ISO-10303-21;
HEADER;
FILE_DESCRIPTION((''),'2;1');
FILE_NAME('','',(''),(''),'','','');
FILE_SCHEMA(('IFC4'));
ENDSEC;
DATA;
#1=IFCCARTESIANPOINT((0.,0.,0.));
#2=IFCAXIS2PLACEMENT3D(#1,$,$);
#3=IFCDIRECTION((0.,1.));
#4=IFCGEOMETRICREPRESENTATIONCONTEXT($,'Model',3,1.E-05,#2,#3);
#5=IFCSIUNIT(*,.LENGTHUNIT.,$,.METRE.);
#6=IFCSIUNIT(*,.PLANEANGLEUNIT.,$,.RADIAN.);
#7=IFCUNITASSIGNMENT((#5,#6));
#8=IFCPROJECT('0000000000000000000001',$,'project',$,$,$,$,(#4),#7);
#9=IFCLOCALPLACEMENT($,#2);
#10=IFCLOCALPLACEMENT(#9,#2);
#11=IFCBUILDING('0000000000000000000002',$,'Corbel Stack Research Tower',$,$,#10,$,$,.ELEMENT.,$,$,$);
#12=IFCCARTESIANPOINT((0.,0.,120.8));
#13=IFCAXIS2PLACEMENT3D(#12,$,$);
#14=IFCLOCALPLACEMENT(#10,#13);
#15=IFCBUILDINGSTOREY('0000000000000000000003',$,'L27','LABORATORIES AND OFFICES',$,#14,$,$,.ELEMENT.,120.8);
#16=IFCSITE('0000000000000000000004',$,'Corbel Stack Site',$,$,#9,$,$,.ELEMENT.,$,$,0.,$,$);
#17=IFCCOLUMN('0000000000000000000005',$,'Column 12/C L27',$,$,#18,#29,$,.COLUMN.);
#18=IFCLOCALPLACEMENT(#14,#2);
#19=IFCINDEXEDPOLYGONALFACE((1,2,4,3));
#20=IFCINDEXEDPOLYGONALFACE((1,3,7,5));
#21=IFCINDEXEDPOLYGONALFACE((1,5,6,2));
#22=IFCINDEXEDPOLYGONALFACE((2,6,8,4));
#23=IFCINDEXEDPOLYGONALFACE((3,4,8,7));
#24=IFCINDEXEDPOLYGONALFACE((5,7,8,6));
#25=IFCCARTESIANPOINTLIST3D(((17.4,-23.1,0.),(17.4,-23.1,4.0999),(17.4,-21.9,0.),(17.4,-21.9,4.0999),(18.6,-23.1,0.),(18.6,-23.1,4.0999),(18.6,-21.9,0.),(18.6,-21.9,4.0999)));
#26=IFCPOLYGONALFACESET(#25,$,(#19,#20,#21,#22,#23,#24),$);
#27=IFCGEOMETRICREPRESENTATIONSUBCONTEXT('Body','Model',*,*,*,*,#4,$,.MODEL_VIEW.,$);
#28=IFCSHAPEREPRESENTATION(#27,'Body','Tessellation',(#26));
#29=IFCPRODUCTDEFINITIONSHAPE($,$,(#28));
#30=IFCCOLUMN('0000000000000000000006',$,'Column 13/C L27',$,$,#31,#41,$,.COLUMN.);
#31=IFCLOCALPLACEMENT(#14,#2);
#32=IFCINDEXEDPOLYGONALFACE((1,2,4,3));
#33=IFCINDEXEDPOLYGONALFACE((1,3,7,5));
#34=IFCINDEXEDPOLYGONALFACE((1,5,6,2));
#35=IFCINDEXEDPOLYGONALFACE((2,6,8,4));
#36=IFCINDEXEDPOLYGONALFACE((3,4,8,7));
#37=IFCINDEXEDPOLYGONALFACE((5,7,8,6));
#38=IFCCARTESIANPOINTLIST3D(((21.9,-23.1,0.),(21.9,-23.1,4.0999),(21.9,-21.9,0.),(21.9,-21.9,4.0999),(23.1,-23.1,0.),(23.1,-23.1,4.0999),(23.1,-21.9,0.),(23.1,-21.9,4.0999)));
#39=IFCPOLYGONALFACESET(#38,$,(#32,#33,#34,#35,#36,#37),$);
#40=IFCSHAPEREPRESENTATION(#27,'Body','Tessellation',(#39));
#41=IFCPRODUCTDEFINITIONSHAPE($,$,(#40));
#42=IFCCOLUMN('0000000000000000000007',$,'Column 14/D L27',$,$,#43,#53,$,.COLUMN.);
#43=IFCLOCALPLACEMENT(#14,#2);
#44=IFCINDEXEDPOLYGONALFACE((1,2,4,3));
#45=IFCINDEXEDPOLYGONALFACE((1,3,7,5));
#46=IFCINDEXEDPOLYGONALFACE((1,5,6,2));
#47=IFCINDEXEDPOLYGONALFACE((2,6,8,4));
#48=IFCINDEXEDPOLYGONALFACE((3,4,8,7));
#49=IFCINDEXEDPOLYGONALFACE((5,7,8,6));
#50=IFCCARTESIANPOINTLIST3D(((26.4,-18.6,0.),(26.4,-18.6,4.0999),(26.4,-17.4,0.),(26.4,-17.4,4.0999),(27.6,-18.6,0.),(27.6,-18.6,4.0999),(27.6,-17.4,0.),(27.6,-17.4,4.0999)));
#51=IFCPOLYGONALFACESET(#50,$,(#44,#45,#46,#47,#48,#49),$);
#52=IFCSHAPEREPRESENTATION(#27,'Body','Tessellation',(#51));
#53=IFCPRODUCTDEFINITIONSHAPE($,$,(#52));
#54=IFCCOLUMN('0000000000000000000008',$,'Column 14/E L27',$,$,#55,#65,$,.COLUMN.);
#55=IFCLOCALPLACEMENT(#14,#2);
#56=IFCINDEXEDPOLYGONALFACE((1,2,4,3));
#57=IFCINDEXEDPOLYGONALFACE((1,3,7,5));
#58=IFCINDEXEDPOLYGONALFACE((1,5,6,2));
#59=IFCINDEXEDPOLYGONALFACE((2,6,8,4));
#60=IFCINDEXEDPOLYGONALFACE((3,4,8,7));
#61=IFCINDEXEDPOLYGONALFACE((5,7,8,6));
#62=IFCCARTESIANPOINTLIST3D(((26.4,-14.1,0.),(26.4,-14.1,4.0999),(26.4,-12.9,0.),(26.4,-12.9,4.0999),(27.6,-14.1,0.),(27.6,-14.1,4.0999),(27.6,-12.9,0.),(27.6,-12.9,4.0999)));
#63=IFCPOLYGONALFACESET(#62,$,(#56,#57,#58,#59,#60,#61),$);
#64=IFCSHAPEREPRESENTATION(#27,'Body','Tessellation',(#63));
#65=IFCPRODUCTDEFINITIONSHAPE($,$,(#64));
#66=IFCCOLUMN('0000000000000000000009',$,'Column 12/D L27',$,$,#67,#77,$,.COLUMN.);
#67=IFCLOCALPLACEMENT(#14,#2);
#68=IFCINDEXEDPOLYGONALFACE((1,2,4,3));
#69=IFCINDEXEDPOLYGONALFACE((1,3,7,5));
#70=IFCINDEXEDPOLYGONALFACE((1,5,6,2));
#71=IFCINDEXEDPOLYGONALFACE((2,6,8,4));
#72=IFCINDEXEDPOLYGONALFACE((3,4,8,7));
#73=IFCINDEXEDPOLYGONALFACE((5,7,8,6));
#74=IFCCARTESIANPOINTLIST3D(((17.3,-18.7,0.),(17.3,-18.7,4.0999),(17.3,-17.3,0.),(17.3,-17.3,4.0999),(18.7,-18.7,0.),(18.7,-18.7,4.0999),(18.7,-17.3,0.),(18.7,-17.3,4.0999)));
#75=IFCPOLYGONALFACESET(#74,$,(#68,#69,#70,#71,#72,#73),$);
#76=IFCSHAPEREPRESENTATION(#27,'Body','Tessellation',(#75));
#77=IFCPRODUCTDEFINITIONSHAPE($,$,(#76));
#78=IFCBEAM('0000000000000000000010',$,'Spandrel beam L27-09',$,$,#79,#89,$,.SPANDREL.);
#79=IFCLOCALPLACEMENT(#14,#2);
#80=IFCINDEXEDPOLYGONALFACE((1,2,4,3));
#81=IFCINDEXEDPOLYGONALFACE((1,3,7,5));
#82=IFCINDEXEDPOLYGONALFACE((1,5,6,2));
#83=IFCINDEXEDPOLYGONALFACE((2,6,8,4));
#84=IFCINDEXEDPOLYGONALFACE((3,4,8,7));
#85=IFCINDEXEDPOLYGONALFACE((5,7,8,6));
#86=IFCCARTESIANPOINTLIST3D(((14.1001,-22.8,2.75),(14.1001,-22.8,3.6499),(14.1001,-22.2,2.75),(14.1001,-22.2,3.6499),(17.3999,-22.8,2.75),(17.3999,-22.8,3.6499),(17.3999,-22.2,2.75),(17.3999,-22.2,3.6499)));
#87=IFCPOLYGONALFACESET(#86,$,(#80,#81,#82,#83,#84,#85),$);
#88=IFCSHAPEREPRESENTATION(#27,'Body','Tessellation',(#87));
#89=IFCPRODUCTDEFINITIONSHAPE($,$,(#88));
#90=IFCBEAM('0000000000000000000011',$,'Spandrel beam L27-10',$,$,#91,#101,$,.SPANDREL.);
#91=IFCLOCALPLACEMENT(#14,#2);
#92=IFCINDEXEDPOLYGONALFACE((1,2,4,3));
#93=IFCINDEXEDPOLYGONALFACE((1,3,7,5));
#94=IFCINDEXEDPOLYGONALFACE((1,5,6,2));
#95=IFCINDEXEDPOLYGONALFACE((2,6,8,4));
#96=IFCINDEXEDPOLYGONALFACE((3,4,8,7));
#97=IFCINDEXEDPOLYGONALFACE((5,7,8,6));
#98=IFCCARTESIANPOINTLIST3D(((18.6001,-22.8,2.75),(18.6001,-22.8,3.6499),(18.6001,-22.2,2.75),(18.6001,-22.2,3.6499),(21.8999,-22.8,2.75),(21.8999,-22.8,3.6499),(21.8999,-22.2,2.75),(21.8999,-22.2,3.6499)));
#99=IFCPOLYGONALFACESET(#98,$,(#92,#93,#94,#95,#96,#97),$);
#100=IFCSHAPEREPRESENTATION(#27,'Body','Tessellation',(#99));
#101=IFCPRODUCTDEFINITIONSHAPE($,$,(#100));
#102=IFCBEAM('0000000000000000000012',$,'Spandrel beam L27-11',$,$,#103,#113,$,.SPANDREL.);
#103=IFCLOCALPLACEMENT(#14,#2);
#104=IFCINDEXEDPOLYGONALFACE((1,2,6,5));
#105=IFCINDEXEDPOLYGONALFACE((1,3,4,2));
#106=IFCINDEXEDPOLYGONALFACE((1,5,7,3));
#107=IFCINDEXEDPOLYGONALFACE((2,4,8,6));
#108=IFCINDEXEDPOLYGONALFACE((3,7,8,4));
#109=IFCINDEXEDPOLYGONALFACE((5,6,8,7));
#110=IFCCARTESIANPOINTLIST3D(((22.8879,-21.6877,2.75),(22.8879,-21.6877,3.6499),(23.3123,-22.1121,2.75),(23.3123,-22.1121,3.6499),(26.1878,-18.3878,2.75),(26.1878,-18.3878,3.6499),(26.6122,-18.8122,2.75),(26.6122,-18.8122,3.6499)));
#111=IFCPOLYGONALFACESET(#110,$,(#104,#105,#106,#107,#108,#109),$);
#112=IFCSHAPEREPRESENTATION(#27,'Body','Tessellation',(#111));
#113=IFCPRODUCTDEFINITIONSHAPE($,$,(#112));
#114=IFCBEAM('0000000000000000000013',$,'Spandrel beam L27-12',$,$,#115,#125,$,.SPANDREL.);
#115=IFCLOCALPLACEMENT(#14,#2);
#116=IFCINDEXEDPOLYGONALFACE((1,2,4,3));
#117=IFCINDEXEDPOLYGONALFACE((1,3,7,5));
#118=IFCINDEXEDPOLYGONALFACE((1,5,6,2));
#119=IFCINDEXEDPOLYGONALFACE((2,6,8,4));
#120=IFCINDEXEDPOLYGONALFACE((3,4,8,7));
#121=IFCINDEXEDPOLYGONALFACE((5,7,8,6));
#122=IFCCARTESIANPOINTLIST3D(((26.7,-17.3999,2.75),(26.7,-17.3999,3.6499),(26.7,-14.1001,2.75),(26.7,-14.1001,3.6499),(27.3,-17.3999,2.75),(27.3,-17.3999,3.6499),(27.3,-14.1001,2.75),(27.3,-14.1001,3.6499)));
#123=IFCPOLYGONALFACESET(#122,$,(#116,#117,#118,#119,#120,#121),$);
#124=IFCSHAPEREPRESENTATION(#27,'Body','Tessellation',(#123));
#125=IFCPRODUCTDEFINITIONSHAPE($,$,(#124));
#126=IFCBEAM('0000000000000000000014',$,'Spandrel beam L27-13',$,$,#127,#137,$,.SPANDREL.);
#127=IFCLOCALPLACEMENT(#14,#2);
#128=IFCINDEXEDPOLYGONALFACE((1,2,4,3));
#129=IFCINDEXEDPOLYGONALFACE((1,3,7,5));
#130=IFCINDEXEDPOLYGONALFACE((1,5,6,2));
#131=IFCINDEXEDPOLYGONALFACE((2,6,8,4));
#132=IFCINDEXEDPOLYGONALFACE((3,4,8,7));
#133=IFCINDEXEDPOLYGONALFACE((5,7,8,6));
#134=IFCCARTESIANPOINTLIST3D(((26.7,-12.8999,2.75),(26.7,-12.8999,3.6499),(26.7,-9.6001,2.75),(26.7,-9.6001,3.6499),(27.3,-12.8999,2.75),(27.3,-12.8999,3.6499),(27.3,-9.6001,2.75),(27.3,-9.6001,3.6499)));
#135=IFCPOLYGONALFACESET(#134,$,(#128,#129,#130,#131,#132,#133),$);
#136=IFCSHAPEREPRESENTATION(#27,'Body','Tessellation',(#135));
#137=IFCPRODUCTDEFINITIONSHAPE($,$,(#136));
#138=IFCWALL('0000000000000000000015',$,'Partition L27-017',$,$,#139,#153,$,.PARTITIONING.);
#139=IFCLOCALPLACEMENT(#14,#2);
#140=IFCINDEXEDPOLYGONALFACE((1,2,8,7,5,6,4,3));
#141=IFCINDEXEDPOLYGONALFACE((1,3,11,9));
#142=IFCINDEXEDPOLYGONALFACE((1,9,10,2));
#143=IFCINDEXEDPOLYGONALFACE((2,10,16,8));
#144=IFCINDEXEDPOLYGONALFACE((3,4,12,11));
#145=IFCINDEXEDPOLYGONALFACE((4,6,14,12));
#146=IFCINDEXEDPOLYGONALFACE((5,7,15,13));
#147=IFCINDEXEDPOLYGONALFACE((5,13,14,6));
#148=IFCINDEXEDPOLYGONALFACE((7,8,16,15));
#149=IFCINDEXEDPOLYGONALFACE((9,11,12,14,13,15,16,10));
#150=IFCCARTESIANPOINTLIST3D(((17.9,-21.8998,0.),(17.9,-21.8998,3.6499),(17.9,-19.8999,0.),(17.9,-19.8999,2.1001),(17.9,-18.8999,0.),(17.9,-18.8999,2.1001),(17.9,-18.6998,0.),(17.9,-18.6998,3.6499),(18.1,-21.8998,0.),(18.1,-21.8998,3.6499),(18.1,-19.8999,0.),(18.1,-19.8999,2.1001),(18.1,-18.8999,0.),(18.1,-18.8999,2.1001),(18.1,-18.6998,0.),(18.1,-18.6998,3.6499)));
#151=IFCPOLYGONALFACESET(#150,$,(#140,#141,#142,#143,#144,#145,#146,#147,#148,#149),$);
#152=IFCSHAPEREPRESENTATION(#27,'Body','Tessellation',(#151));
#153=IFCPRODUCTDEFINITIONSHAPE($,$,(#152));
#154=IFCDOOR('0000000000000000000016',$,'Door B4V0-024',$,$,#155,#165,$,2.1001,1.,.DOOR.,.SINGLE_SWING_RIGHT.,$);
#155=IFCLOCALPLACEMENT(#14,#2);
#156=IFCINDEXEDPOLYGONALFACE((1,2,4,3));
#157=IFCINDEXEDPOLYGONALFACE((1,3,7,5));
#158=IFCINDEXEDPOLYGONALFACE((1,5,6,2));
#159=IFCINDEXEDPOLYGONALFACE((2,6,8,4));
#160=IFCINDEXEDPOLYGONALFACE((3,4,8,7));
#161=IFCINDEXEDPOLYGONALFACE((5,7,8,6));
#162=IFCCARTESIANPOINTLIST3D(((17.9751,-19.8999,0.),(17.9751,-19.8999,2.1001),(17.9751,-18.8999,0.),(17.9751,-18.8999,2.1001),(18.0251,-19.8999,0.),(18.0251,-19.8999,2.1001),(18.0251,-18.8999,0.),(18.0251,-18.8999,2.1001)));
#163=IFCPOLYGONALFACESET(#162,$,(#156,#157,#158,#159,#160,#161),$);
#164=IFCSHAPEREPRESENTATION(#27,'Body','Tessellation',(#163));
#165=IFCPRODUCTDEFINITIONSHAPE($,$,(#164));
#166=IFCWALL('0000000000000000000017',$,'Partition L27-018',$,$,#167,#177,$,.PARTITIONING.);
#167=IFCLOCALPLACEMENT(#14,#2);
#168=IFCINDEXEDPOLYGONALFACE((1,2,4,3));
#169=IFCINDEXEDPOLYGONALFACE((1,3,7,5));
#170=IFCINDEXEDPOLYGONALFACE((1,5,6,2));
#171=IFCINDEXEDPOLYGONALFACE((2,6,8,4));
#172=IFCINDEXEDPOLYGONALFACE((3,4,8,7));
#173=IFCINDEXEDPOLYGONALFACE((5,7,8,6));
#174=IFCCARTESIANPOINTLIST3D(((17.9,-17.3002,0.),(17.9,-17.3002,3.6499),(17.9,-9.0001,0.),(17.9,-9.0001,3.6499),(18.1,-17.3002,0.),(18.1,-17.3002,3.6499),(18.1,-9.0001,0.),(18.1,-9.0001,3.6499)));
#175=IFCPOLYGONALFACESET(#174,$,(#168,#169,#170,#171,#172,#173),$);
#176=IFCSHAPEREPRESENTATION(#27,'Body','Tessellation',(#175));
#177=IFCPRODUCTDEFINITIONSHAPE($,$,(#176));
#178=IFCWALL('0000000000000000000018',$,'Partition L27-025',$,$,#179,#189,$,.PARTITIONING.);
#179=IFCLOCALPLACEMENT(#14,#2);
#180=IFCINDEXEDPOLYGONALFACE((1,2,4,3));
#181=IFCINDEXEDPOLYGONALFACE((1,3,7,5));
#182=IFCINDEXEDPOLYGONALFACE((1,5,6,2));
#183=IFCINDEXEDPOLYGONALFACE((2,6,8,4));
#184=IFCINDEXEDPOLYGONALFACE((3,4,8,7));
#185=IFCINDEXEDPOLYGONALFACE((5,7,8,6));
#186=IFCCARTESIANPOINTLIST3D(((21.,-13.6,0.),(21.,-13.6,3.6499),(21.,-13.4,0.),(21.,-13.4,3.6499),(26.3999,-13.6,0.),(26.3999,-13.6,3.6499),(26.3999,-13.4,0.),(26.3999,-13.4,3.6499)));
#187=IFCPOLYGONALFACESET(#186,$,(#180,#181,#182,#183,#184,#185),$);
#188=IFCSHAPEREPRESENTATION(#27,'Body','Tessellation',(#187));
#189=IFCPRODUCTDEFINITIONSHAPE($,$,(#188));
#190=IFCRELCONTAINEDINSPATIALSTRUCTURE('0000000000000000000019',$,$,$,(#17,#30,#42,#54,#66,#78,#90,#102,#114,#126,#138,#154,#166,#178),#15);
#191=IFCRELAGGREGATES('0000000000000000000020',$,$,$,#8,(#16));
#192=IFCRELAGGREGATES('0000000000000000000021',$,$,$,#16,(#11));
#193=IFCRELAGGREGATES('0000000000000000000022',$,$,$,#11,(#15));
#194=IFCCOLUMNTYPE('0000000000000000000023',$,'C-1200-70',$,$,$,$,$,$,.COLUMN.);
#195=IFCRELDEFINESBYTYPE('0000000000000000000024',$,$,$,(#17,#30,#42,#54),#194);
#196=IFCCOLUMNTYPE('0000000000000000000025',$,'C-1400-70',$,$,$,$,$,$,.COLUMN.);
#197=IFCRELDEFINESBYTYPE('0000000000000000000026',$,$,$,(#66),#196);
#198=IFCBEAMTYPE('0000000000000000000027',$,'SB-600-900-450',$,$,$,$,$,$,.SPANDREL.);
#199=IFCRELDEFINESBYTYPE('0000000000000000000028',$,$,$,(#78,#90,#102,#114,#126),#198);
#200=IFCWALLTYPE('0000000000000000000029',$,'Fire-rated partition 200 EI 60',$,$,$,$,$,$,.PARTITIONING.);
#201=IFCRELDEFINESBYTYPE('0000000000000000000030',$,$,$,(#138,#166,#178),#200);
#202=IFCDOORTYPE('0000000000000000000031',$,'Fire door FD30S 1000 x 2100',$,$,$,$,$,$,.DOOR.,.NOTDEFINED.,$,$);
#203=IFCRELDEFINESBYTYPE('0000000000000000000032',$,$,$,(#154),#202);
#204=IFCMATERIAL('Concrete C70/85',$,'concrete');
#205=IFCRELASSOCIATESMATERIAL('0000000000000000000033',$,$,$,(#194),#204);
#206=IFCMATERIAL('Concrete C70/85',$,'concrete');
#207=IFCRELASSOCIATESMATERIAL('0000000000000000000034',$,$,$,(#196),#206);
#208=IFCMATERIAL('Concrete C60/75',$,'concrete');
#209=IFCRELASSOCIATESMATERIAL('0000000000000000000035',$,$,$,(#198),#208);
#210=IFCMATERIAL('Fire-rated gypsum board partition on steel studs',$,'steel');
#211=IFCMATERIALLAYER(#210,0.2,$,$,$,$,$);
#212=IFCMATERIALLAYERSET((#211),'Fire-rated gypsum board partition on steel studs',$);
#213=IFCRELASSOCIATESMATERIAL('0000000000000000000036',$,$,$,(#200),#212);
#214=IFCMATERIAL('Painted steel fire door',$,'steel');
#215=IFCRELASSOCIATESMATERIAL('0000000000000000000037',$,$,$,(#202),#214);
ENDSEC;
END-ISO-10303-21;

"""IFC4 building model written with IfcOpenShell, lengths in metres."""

from ifc_helpers import new_model, si_unit, direction, frame, frame_2d, origin, origin_2d, place, context, subcontext, project, spatial, rectangle, extrude, material, layer, layer_set, material_profile, profile_set, type_object, element, fill, save


model = new_model("IFC4")

# Units and contexts
model_context = context("Model", 3, precision=1e-05, world=origin(), true_north=direction((0.0, 1.0)))
body_context = subcontext(model_context, "Body", "Model", "MODEL_VIEW")
ifc_project = project(units=[si_unit("LENGTHUNIT", "METRE"), si_unit("PLANEANGLEUNIT", "RADIAN")], contexts=[model_context])

# Site, building, storey
site_placement = place(None, origin())
site = spatial("IfcSite", under=ifc_project, at=site_placement, Name="Corbel Stack Site", CompositionType="ELEMENT", RefElevation=0.0)
building_placement = place(site_placement, origin())
building = spatial("IfcBuilding", under=site, at=building_placement, Name="Corbel Stack Research Tower", CompositionType="ELEMENT")
storey_placement = place(building_placement, frame((0.0, 0.0, 120.8)))
storey = spatial("IfcBuildingStorey", under=building, at=storey_placement, Name="L27", Description="LABORATORIES AND OFFICES", CompositionType="ELEMENT", Elevation=120.8)

# Columns
ifc_material_1 = material(Name="Concrete C70/85", Category="concrete")
ifc_material_profile_1 = material_profile(ifc_material_1, rectangle(XDim=1.2, YDim=1.2, at=origin_2d()), Name="RC 1200 x 1200")
ifc_profile_set_1 = profile_set([ifc_material_profile_1], Name="Concrete C70/85")
column_type_1 = type_object("IfcColumnType", Name="C-1200-70", PredefinedType="COLUMN", material=ifc_profile_set_1)
for number, where, z_axis, x_axis, name in (
    (1, (18.0, -22.5, 0.0), (0.0, 0.0, 1.0), (1.0, 0.0, 0.0), "Column 12/C L27"),
    (2, (22.5, -22.5, 0.0), (0.0, 0.0, 1.0), (1.0, 0.0, 0.0), "Column 13/C L27"),
    (3, (27.0, -18.0, 0.0), (0.0, 0.0, 1.0), (1.0, 0.0, 0.0), "Column 14/D L27"),
    (4, (27.0, -13.5, 0.0), (0.0, 0.0, 1.0), (1.0, 0.0, 0.0), "Column 14/E L27"),
):
    element("IfcColumn", number, at=place(storey_placement, frame(where, z_axis=z_axis, x_axis=x_axis)), inside=storey, type_object=column_type_1, Name=name, PredefinedType="COLUMN", context=body_context, shape_type="SweptSolid", body=[
        extrude(rectangle(XDim=1.2, YDim=1.2, at=origin_2d()), origin(), (0.0, 0.0, 1.0), 4.0999),
    ])
ifc_material_2 = material(Name="Concrete C70/85", Category="concrete")
ifc_material_profile_2 = material_profile(ifc_material_2, rectangle(XDim=1.3999, YDim=1.3999, at=origin_2d()), Name="RC 1400 x 1400")
ifc_profile_set_2 = profile_set([ifc_material_profile_2], Name="Concrete C70/85")
column_type_2 = type_object("IfcColumnType", Name="C-1400-70", PredefinedType="COLUMN", material=ifc_profile_set_2)
column_placement = place(storey_placement, frame((18.0, -18.0, 0.0), z_axis=(0.0, 0.0, 1.0), x_axis=(1.0, 0.0, 0.0)))
element("IfcColumn", 5, at=column_placement, inside=storey, type_object=column_type_2, Name="Column 12/D L27", PredefinedType="COLUMN", context=body_context, shape_type="SweptSolid", body=[
    extrude(rectangle(XDim=1.3999, YDim=1.3999, at=origin_2d()), origin(), (0.0, 0.0, 1.0), 4.0999),
])

# Beams
ifc_material_3 = material(Name="Concrete C60/75", Category="concrete")
ifc_material_profile_3 = material_profile(ifc_material_3, rectangle(XDim=0.6001, YDim=0.8999, at=origin_2d()), Name="RC 600 x 900")
ifc_profile_set_3 = profile_set([ifc_material_profile_3], Name="Concrete C60/75")
beam_type = type_object("IfcBeamType", Name="SB-600-900-450", PredefinedType="SPANDREL", material=ifc_profile_set_3)
for number, where, z_axis, x_axis, name in (
    (6, (14.1001, -22.5, 3.2), (1.0, 0.0, 0.0), (0.0, 1.0, 0.0), "Spandrel beam L27-09"),
    (7, (18.6001, -22.5, 3.2), (1.0, 0.0, 0.0), (0.0, 1.0, 0.0), "Spandrel beam L27-10"),
):
    element("IfcBeam", number, at=place(storey_placement, frame(where, z_axis=z_axis, x_axis=x_axis)), inside=storey, type_object=beam_type, Name=name, PredefinedType="SPANDREL", context=body_context, shape_type="SweptSolid", body=[
        extrude(rectangle(XDim=0.6001, YDim=0.8999, at=origin_2d()), origin(), (0.0, 0.0, 1.0), 3.2998),
    ])
beam_placement = place(storey_placement, frame((23.1001, -21.8999, 3.2), z_axis=(0.707107, 0.707107, 0.0), x_axis=(-0.707107, 0.707107, 0.0)))
element("IfcBeam", 8, at=beam_placement, inside=storey, type_object=beam_type, Name="Spandrel beam L27-11", PredefinedType="SPANDREL", context=body_context, shape_type="SweptSolid", body=[
    extrude(rectangle(XDim=0.6001, YDim=0.8999, at=origin_2d()), origin(), (0.0, 0.0, 1.0), 4.6667),
])
for number, where, z_axis, x_axis, name in (
    (9, (27.0, -17.3999, 3.2), (0.0, 1.0, 0.0), (-1.0, 0.0, 0.0), "Spandrel beam L27-12"),
    (10, (27.0, -12.8999, 3.2), (0.0, 1.0, 0.0), (-1.0, 0.0, 0.0), "Spandrel beam L27-13"),
):
    element("IfcBeam", number, at=place(storey_placement, frame(where, z_axis=z_axis, x_axis=x_axis)), inside=storey, type_object=beam_type, Name=name, PredefinedType="SPANDREL", context=body_context, shape_type="SweptSolid", body=[
        extrude(rectangle(XDim=0.6001, YDim=0.8999, at=origin_2d()), origin(), (0.0, 0.0, 1.0), 3.2998),
    ])

# Wall, opening, door
ifc_material_4 = material(Name="Fire-rated gypsum board partition on steel studs", Category="steel")
ifc_layer_1 = layer(ifc_material_4, 0.2)
ifc_layer_set_1 = layer_set([ifc_layer_1], Name="Fire-rated gypsum board partition on steel studs")
wall_type_1 = type_object("IfcWallType", Name="Fire-rated partition 200 EI 60", PredefinedType="PARTITIONING", material=ifc_layer_set_1)
wall_1_placement = place(storey_placement, frame((18.0, -21.8999, 0.0), z_axis=(0.0, 0.0, 1.0), x_axis=(0.0, 1.0, 0.0)))
wall_1 = element("IfcWall", 11, at=wall_1_placement, inside=storey, type_object=wall_type_1, Name="Partition L27-017", PredefinedType="PARTITIONING", context=body_context, shape_type="SweptSolid", body=[
    extrude(rectangle(XDim=3.2, YDim=0.2, at=frame_2d((1.6001, 0.0))), origin(), (0.0, 0.0, 1.0), 3.6499),
])
opening_1_placement = place(wall_1_placement, frame((2.0, 0.0, 0.0)))
opening_1 = element("IfcOpeningElement", 12, at=opening_1_placement, cuts=wall_1, PredefinedType="OPENING", context=body_context, shape_type="SweptSolid", body=[
    extrude(rectangle(XDim=1.0, YDim=2.1001, at=frame_2d((0.5, 1.05))), frame((0.0, 0.1099, 0.0), z_axis=(0.0, -1.0, 0.0), x_axis=(1.0, 0.0, 0.0)), (0.0, 0.0, 1.0), 0.22),
])
ifc_material_5 = material(Name="Painted steel fire door", Category="steel")
door_type_1 = type_object("IfcDoorType", Name="Fire door FD30S 1000 x 2100", OperationType="NOTDEFINED", PredefinedType="DOOR", material=ifc_material_5)
door_1_placement = place(opening_1_placement, origin())
door_1 = element("IfcDoor", 13, at=door_1_placement, inside=storey, type_object=door_type_1, Name="Door B4V0-024", OperationType="SINGLE_SWING_RIGHT", OverallHeight=2.1001, OverallWidth=1.0, PredefinedType="DOOR", context=body_context, shape_type="SweptSolid", body=[
    extrude(rectangle(XDim=1.0, YDim=2.1001, at=frame_2d((0.5, 1.05))), frame((0.0, 0.0249, 0.0), z_axis=(0.0, -1.0, 0.0), x_axis=(1.0, 0.0, 0.0)), (0.0, 0.0, 1.0), 0.05),
])
fill(opening_1, door_1)

# Walls
wall_2_placement = place(storey_placement, frame((18.0, -17.3, 0.0), z_axis=(0.0, 0.0, 1.0), x_axis=(0.0, 1.0, 0.0)))
element("IfcWall", 14, at=wall_2_placement, inside=storey, type_object=wall_type_1, Name="Partition L27-018", PredefinedType="PARTITIONING", context=body_context, shape_type="SweptSolid", body=[
    extrude(rectangle(XDim=8.3, YDim=0.2, at=frame_2d((4.1499, 0.0))), origin(), (0.0, 0.0, 1.0), 3.6499),
])
wall_3_placement = place(storey_placement, frame((21.0, -13.5, 0.0), z_axis=(0.0, 0.0, 1.0), x_axis=(1.0, 0.0, 0.0)))
element("IfcWall", 15, at=wall_3_placement, inside=storey, type_object=wall_type_1, Name="Partition L27-025", PredefinedType="PARTITIONING", context=body_context, shape_type="SweptSolid", body=[
    extrude(rectangle(XDim=5.3999, YDim=0.2, at=frame_2d((2.7, 0.0))), origin(), (0.0, 0.0, 1.0), 3.6499),
])

save(model, "model.ifc")
